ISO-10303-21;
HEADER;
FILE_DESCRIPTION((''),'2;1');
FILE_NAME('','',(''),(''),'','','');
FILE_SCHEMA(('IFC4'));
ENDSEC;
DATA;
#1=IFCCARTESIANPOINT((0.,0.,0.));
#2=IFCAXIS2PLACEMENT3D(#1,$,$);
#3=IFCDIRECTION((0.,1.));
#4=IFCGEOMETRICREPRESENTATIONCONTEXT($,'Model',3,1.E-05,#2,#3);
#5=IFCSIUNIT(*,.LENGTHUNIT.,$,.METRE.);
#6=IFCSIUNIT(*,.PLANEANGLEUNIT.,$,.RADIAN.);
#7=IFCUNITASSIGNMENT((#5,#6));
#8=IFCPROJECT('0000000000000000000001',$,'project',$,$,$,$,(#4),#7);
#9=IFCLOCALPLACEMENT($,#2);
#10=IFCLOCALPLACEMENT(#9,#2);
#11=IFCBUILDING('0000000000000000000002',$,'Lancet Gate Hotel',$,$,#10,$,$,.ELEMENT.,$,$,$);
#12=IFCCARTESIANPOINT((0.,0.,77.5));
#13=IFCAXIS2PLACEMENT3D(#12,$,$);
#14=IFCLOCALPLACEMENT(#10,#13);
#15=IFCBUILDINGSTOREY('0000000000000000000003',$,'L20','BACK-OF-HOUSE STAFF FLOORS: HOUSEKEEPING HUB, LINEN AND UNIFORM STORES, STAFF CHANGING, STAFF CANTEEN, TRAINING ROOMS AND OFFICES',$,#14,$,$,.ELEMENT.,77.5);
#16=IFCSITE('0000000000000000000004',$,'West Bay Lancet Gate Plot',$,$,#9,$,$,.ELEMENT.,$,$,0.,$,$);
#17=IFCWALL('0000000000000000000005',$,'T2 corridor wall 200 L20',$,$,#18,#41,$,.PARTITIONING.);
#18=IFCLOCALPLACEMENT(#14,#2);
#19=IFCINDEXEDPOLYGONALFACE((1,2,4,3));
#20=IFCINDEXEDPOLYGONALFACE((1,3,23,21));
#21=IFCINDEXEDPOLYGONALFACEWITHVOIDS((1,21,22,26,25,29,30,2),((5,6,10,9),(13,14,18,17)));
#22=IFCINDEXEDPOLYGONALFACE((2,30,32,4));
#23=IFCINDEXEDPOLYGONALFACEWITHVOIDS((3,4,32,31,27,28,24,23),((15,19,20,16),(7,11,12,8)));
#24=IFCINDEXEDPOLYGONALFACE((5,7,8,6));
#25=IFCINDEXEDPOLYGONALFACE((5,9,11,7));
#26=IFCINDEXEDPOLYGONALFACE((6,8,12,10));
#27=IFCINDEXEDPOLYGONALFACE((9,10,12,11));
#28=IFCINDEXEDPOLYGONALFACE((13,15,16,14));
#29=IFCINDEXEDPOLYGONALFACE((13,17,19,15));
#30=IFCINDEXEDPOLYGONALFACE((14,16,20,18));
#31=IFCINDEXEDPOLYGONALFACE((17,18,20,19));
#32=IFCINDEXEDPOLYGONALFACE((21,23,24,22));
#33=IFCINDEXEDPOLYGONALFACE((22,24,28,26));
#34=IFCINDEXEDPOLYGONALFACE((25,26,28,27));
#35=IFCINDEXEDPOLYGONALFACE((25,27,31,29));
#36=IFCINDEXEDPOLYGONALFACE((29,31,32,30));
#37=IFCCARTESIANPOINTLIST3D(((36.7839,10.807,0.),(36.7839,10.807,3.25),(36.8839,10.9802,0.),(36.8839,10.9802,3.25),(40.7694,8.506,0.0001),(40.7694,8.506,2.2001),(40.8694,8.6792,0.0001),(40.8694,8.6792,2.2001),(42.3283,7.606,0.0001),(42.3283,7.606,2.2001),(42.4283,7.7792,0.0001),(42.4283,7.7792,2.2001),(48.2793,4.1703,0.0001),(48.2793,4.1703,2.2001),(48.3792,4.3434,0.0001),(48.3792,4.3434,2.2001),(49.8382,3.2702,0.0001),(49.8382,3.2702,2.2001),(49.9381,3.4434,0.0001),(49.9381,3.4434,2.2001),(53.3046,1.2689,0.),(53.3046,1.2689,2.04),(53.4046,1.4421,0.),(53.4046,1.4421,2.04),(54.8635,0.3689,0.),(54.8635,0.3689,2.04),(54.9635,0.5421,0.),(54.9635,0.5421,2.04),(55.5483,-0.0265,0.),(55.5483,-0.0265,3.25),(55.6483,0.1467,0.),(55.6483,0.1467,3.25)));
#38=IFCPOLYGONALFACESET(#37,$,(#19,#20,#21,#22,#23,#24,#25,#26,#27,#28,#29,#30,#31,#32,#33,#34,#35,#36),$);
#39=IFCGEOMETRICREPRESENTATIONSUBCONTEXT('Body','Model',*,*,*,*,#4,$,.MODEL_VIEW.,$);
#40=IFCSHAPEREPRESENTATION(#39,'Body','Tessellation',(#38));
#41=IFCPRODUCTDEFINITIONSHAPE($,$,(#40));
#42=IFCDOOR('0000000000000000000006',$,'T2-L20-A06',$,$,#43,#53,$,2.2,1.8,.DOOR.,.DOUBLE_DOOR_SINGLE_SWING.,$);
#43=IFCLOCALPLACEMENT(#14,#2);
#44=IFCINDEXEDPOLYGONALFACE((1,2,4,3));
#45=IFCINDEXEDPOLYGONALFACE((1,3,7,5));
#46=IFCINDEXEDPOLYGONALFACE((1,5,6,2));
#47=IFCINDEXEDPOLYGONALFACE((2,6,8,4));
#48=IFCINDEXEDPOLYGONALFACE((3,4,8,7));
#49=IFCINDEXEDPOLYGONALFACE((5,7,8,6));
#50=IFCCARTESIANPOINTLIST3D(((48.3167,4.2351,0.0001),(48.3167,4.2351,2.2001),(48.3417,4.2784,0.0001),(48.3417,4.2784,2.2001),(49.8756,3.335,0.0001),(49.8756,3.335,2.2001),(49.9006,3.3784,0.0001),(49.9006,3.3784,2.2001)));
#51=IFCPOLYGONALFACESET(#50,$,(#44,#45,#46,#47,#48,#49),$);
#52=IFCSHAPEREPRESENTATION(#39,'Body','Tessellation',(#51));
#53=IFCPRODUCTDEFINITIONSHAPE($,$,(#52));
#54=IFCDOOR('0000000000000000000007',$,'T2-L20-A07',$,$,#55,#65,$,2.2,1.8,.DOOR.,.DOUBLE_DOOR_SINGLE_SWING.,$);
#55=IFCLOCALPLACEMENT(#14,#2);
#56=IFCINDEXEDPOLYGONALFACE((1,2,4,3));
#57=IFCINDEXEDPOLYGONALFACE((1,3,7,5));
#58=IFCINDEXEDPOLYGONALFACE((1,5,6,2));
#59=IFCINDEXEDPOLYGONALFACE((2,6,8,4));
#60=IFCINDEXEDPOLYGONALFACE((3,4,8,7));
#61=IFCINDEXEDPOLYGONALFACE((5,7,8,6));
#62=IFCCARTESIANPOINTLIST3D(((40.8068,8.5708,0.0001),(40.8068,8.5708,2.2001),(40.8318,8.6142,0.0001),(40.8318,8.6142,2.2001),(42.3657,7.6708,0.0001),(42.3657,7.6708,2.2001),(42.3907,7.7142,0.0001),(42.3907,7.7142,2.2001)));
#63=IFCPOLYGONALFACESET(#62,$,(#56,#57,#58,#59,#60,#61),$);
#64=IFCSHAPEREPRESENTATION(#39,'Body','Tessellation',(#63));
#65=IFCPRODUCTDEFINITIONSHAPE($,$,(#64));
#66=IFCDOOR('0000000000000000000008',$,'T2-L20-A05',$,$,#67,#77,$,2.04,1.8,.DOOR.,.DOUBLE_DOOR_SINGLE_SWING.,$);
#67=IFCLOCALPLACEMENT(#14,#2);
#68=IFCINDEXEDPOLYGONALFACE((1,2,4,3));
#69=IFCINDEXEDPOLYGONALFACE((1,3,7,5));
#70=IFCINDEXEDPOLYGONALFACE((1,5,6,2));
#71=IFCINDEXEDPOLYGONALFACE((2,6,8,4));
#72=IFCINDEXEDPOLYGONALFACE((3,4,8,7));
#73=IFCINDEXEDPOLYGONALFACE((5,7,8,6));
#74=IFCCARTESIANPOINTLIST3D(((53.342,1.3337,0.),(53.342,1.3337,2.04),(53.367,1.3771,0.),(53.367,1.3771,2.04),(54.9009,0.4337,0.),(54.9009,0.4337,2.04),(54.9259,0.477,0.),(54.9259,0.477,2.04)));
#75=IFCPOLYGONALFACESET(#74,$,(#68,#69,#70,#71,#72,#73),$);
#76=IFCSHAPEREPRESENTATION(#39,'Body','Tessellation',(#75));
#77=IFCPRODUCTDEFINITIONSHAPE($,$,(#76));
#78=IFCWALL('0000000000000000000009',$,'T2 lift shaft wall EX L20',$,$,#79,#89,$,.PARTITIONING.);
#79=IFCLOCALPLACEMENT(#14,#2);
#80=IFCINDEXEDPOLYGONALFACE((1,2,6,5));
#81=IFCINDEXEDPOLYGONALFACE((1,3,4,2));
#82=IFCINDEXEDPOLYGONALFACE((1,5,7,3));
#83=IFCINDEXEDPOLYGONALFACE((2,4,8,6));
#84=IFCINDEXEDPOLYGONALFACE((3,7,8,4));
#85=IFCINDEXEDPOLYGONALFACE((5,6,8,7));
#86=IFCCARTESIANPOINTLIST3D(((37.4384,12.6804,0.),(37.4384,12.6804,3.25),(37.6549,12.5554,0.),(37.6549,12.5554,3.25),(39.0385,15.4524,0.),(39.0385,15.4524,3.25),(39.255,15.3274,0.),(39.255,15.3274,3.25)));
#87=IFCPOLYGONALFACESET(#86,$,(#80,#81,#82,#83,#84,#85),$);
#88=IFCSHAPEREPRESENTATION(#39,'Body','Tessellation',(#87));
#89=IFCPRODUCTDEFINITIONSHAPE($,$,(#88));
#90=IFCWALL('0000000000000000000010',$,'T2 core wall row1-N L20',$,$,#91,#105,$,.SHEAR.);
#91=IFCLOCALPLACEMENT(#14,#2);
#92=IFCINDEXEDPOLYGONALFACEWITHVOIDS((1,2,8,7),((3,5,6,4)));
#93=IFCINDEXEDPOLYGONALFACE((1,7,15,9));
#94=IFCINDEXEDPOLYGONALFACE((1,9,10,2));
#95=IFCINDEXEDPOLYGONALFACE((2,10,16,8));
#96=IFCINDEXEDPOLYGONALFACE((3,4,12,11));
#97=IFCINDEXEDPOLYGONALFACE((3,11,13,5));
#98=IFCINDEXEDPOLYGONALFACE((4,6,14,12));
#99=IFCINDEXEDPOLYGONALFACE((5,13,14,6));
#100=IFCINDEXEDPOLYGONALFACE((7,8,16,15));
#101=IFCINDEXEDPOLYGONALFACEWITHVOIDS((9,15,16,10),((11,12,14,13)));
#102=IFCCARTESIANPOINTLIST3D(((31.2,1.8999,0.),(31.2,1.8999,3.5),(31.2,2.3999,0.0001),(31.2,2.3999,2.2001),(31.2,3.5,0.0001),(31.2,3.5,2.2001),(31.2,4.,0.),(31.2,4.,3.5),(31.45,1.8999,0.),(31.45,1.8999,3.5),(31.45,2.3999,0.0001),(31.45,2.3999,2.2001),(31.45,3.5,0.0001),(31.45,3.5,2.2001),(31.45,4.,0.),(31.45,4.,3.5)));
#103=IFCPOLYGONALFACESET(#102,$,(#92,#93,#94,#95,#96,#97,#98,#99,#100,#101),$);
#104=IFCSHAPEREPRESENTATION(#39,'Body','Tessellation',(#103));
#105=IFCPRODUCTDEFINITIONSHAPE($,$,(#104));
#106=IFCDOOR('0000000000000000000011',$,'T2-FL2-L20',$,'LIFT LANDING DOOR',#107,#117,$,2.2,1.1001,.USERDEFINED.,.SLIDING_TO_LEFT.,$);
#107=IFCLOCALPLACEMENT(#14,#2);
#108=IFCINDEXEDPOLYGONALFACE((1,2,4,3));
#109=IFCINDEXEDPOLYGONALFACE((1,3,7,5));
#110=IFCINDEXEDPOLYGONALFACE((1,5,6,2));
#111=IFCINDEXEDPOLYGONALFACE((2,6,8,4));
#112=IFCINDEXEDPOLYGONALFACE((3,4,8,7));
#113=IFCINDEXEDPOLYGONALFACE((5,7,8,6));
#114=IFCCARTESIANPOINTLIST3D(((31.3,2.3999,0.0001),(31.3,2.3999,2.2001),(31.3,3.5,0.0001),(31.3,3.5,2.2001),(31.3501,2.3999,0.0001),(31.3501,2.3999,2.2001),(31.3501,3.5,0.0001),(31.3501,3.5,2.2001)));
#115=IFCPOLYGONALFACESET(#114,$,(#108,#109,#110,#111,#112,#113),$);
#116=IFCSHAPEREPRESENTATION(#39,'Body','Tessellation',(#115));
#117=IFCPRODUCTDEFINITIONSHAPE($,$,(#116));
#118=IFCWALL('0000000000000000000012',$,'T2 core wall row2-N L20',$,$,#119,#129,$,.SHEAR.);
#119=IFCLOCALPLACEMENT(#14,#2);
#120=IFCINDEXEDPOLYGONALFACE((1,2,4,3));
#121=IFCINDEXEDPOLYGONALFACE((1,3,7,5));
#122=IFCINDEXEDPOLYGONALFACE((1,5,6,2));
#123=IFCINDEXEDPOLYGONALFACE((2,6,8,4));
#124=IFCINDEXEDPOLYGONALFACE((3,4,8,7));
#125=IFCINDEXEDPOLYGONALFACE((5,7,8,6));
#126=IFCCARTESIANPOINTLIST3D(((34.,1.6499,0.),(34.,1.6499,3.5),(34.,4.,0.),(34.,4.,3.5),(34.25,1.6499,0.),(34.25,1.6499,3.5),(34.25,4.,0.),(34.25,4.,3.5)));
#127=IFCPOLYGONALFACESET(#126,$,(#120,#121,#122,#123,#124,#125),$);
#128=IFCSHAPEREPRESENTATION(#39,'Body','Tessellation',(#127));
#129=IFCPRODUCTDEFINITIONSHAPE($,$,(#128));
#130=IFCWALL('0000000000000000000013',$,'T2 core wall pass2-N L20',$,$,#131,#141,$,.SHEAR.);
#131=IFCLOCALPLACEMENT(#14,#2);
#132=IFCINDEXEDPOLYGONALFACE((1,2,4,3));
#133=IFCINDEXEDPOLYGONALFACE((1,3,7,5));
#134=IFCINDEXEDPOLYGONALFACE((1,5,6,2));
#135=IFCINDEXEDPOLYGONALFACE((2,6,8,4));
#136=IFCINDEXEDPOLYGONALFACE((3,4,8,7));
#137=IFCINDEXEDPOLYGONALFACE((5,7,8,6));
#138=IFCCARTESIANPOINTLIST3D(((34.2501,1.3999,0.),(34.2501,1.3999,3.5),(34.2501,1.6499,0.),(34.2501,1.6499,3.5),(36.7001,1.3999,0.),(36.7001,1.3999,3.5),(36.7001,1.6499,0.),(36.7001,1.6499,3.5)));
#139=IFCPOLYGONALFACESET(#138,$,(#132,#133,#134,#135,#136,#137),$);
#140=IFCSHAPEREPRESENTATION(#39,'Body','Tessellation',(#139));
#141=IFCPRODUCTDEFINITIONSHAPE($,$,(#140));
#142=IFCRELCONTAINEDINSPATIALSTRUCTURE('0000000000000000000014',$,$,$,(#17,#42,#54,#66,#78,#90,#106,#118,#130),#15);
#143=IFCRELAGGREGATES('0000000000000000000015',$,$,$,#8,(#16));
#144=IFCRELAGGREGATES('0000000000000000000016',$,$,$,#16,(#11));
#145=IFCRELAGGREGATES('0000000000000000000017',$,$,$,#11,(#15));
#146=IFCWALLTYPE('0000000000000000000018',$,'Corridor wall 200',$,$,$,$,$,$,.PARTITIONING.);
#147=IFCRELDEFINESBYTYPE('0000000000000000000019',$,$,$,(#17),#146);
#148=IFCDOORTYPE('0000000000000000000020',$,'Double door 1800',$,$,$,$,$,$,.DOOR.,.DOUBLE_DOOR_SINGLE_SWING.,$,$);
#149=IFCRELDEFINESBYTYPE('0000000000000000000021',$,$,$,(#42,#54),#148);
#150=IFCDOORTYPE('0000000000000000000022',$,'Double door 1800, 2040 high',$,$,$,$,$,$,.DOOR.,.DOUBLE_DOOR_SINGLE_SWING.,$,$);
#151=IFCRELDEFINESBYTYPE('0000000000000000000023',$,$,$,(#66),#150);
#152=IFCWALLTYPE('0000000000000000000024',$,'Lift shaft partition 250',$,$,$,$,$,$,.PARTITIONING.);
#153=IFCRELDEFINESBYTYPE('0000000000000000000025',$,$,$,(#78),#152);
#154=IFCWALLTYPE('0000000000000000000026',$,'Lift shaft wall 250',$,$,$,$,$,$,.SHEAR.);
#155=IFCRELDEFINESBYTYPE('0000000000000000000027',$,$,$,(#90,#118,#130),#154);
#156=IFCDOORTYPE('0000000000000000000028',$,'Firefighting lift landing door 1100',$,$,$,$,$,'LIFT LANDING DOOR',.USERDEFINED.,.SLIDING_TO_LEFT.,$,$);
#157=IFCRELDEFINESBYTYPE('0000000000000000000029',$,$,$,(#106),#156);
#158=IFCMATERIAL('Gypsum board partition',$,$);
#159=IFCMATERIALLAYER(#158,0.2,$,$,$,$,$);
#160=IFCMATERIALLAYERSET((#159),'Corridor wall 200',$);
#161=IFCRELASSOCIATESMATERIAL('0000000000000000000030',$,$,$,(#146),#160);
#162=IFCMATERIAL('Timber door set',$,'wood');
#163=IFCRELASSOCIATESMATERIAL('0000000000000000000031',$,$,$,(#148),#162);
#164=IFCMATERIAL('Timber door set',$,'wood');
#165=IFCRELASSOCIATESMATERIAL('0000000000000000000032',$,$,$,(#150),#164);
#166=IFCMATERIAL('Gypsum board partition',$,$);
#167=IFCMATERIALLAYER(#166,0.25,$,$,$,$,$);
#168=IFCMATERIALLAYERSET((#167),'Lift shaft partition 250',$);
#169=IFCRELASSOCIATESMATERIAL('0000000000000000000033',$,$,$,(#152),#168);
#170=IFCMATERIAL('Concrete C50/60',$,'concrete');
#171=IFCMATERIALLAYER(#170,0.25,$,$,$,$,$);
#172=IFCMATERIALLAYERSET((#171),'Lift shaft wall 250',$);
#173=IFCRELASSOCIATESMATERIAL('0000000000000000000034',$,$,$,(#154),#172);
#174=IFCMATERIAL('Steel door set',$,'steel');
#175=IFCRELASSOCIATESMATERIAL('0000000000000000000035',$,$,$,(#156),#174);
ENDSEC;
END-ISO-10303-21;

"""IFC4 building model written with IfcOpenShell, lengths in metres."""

from ifc_helpers import new_model, si_unit, direction, frame, frame_2d, origin, place, context, subcontext, project, spatial, rectangle, extrude, material, layer, layer_set, type_object, element, fill, save


model = new_model("IFC4")

# Units and contexts
model_context = context("Model", 3, precision=1e-05, world=origin(), true_north=direction((0.0, 1.0)))
body_context = subcontext(model_context, "Body", "Model", "MODEL_VIEW")
ifc_project = project(units=[si_unit("LENGTHUNIT", "METRE"), si_unit("PLANEANGLEUNIT", "RADIAN")], contexts=[model_context])

# Site, building, storey
site_placement = place(None, origin())
site = spatial("IfcSite", under=ifc_project, at=site_placement, Name="West Bay Lancet Gate Plot", CompositionType="ELEMENT", RefElevation=0.0)
building_placement = place(site_placement, origin())
building = spatial("IfcBuilding", under=site, at=building_placement, Name="Lancet Gate Hotel", CompositionType="ELEMENT")
storey_placement = place(building_placement, frame((0.0, 0.0, 77.5)))
storey = spatial("IfcBuildingStorey", under=building, at=storey_placement, Name="L20", Description="BACK-OF-HOUSE STAFF FLOORS: HOUSEKEEPING HUB, LINEN AND UNIFORM STORES, STAFF CHANGING, STAFF CANTEEN, TRAINING ROOMS AND OFFICES", CompositionType="ELEMENT", Elevation=77.5)

# Wall, openings, doors
ifc_material_1 = material(Name="Gypsum board partition")
ifc_layer_1 = layer(ifc_material_1, 0.2)
ifc_layer_set_1 = layer_set([ifc_layer_1], Name="Corridor wall 200")
wall_type_1 = type_object("IfcWallType", Name="Corridor wall 200", PredefinedType="PARTITIONING", material=ifc_layer_set_1)
wall_1_placement = place(storey_placement, frame((36.834, 10.8936, 0.0), z_axis=(0.0, 0.0, 1.0), x_axis=(0.866028, -0.499995, 0.0)))
wall_1 = element("IfcWall", 1, at=wall_1_placement, inside=storey, type_object=wall_type_1, Name="T2 corridor wall 200 L20", PredefinedType="PARTITIONING", context=body_context, shape_type="SweptSolid", body=[
    extrude(rectangle(XDim=21.6672, YDim=0.2, at=frame_2d((10.8335, 0.0))), origin(), (0.0, 0.0, 1.0), 3.25),
])
opening_1_placement = place(wall_1_placement, frame((19.0764, 0.0, 0.0)))
opening_1 = element("IfcOpeningElement", 2, at=opening_1_placement, cuts=wall_1, PredefinedType="OPENING", context=body_context, shape_type="SweptSolid", body=[
    extrude(rectangle(XDim=1.8, YDim=2.04, at=frame_2d((0.8999, 1.02))), frame((0.0, 0.1099, 0.0), z_axis=(0.0, -1.0, 0.0), x_axis=(1.0, 0.0, 0.0)), (0.0, 0.0, 1.0), 0.22),
])
opening_2_placement = place(wall_1_placement, frame((13.2737, 0.0, 0.0)))
opening_2 = element("IfcOpeningElement", 3, at=opening_2_placement, cuts=wall_1, PredefinedType="OPENING", context=body_context, shape_type="SweptSolid", body=[
    extrude(rectangle(XDim=1.8, YDim=2.2, at=frame_2d((0.8999, 1.1001))), frame((0.0, 0.1099, 0.0), z_axis=(0.0, -1.0, 0.0), x_axis=(1.0, 0.0, 0.0)), (0.0, 0.0, 1.0), 0.22),
])
opening_3_placement = place(wall_1_placement, frame((4.6021, 0.0, 0.0)))
opening_3 = element("IfcOpeningElement", 4, at=opening_3_placement, cuts=wall_1, PredefinedType="OPENING", context=body_context, shape_type="SweptSolid", body=[
    extrude(rectangle(XDim=1.8, YDim=2.2, at=frame_2d((0.8999, 1.1001))), frame((0.0, 0.1099, 0.0), z_axis=(0.0, -1.0, 0.0), x_axis=(1.0, 0.0, 0.0)), (0.0, 0.0, 1.0), 0.22),
])
ifc_material_2 = material(Name="Timber door set", Category="wood")
door_type_1 = type_object("IfcDoorType", Name="Double door 1800", OperationType="DOUBLE_DOOR_SINGLE_SWING", PredefinedType="DOOR", material=ifc_material_2)
door_1_placement = place(opening_2_placement, origin())
door_1 = element("IfcDoor", 5, at=door_1_placement, inside=storey, type_object=door_type_1, Name="T2-L20-A06", OperationType="DOUBLE_DOOR_SINGLE_SWING", OverallHeight=2.2, OverallWidth=1.8, PredefinedType="DOOR", context=body_context, shape_type="SweptSolid", body=[
    extrude(rectangle(XDim=1.8, YDim=2.2, at=frame_2d((0.8999, 1.1001))), frame((0.0, 0.0249, 0.0), z_axis=(0.0, -1.0, 0.0), x_axis=(1.0, 0.0, 0.0)), (0.0, 0.0, 1.0), 0.05),
])
fill(opening_2, door_1)
door_2_placement = place(opening_3_placement, origin())
door_2 = element("IfcDoor", 6, at=door_2_placement, inside=storey, type_object=door_type_1, Name="T2-L20-A07", OperationType="DOUBLE_DOOR_SINGLE_SWING", OverallHeight=2.2, OverallWidth=1.8, PredefinedType="DOOR", context=body_context, shape_type="SweptSolid", body=[
    extrude(rectangle(XDim=1.8, YDim=2.2, at=frame_2d((0.8999, 1.1001))), frame((0.0, 0.0249, 0.0), z_axis=(0.0, -1.0, 0.0), x_axis=(1.0, 0.0, 0.0)), (0.0, 0.0, 1.0), 0.05),
])
fill(opening_3, door_2)
ifc_material_3 = material(Name="Timber door set", Category="wood")
door_type_2 = type_object("IfcDoorType", Name="Double door 1800, 2040 high", OperationType="DOUBLE_DOOR_SINGLE_SWING", PredefinedType="DOOR", material=ifc_material_3)
door_3_placement = place(opening_1_placement, origin())
door_3 = element("IfcDoor", 7, at=door_3_placement, inside=storey, type_object=door_type_2, Name="T2-L20-A05", OperationType="DOUBLE_DOOR_SINGLE_SWING", OverallHeight=2.04, OverallWidth=1.8, PredefinedType="DOOR", context=body_context, shape_type="SweptSolid", body=[
    extrude(rectangle(XDim=1.8, YDim=2.04, at=frame_2d((0.8999, 1.02))), frame((0.0, 0.0249, 0.0), z_axis=(0.0, -1.0, 0.0), x_axis=(1.0, 0.0, 0.0)), (0.0, 0.0, 1.0), 0.05),
])
fill(opening_1, door_3)

# Wall
ifc_material_4 = material(Name="Gypsum board partition")
ifc_layer_2 = layer(ifc_material_4, 0.25)
ifc_layer_set_2 = layer_set([ifc_layer_2], Name="Lift shaft partition 250")
wall_type_2 = type_object("IfcWallType", Name="Lift shaft partition 250", PredefinedType="PARTITIONING", material=ifc_layer_set_2)
wall_2_placement = place(storey_placement, frame((37.5466, 12.6179, 0.0), z_axis=(0.0, 0.0, 1.0), x_axis=(0.499929, 0.866066, 0.0)))
element("IfcWall", 8, at=wall_2_placement, inside=storey, type_object=wall_type_2, Name="T2 lift shaft wall EX L20", PredefinedType="PARTITIONING", context=body_context, shape_type="SweptSolid", body=[
    extrude(rectangle(XDim=3.2007, YDim=0.25, at=frame_2d((1.6003, 0.0))), origin(), (0.0, 0.0, 1.0), 3.25),
])

# Wall, opening, door
ifc_material_5 = material(Name="Concrete C50/60", Category="concrete")
ifc_layer_3 = layer(ifc_material_5, 0.25)
ifc_layer_set_3 = layer_set([ifc_layer_3], Name="Lift shaft wall 250")
wall_type_3 = type_object("IfcWallType", Name="Lift shaft wall 250", PredefinedType="SHEAR", material=ifc_layer_set_3)
wall_3_placement = place(storey_placement, frame((31.325, 1.8999, 0.0), z_axis=(0.0, 0.0, 1.0), x_axis=(0.0, 1.0, 0.0)))
wall_3 = element("IfcWall", 9, at=wall_3_placement, inside=storey, type_object=wall_type_3, Name="T2 core wall row1-N L20", PredefinedType="SHEAR", context=body_context, shape_type="SweptSolid", body=[
    extrude(rectangle(XDim=2.1001, YDim=0.25, at=frame_2d((1.05, 0.0))), origin(), (0.0, 0.0, 1.0), 3.5),
])
opening_4_placement = place(wall_3_placement, frame((0.5, 0.0, 0.0)))
opening_4 = element("IfcOpeningElement", 10, at=opening_4_placement, cuts=wall_3, PredefinedType="OPENING", context=body_context, shape_type="SweptSolid", body=[
    extrude(rectangle(XDim=1.1001, YDim=2.2, at=frame_2d((0.55, 1.1001))), frame((0.0, 0.135, 0.0), z_axis=(0.0, -1.0, 0.0), x_axis=(1.0, 0.0, 0.0)), (0.0, 0.0, 1.0), 0.27),
])
ifc_material_6 = material(Name="Steel door set", Category="steel")
door_type_3 = type_object("IfcDoorType", Name="Firefighting lift landing door 1100", ElementType="LIFT LANDING DOOR", OperationType="SLIDING_TO_LEFT", PredefinedType="USERDEFINED", material=ifc_material_6)
door_4_placement = place(opening_4_placement, origin())
door_4 = element("IfcDoor", 11, at=door_4_placement, inside=storey, type_object=door_type_3, Name="T2-FL2-L20", ObjectType="LIFT LANDING DOOR", OperationType="SLIDING_TO_LEFT", OverallHeight=2.2, OverallWidth=1.1001, PredefinedType="USERDEFINED", context=body_context, shape_type="SweptSolid", body=[
    extrude(rectangle(XDim=1.1001, YDim=2.2, at=frame_2d((0.55, 1.1001))), frame((0.0, 0.0249, 0.0), z_axis=(0.0, -1.0, 0.0), x_axis=(1.0, 0.0, 0.0)), (0.0, 0.0, 1.0), 0.05),
])
fill(opening_4, door_4)

# Walls
wall_4_placement = place(storey_placement, frame((34.125, 1.6499, 0.0), z_axis=(0.0, 0.0, 1.0), x_axis=(0.0, 1.0, 0.0)))
element("IfcWall", 12, at=wall_4_placement, inside=storey, type_object=wall_type_3, Name="T2 core wall row2-N L20", PredefinedType="SHEAR", context=body_context, shape_type="SweptSolid", body=[
    extrude(rectangle(XDim=2.3501, YDim=0.25, at=frame_2d((1.175, 0.0))), origin(), (0.0, 0.0, 1.0), 3.5),
])
wall_5_placement = place(storey_placement, frame((34.25, 1.5249, 0.0), z_axis=(0.0, 0.0, 1.0), x_axis=(1.0, 0.0, 0.0)))
element("IfcWall", 13, at=wall_5_placement, inside=storey, type_object=wall_type_3, Name="T2 core wall pass2-N L20", PredefinedType="SHEAR", context=body_context, shape_type="SweptSolid", body=[
    extrude(rectangle(XDim=2.45, YDim=0.25, at=frame_2d((1.2251, 0.0))), origin(), (0.0, 0.0, 1.0), 3.5),
])

save(model, "model.ifc")
